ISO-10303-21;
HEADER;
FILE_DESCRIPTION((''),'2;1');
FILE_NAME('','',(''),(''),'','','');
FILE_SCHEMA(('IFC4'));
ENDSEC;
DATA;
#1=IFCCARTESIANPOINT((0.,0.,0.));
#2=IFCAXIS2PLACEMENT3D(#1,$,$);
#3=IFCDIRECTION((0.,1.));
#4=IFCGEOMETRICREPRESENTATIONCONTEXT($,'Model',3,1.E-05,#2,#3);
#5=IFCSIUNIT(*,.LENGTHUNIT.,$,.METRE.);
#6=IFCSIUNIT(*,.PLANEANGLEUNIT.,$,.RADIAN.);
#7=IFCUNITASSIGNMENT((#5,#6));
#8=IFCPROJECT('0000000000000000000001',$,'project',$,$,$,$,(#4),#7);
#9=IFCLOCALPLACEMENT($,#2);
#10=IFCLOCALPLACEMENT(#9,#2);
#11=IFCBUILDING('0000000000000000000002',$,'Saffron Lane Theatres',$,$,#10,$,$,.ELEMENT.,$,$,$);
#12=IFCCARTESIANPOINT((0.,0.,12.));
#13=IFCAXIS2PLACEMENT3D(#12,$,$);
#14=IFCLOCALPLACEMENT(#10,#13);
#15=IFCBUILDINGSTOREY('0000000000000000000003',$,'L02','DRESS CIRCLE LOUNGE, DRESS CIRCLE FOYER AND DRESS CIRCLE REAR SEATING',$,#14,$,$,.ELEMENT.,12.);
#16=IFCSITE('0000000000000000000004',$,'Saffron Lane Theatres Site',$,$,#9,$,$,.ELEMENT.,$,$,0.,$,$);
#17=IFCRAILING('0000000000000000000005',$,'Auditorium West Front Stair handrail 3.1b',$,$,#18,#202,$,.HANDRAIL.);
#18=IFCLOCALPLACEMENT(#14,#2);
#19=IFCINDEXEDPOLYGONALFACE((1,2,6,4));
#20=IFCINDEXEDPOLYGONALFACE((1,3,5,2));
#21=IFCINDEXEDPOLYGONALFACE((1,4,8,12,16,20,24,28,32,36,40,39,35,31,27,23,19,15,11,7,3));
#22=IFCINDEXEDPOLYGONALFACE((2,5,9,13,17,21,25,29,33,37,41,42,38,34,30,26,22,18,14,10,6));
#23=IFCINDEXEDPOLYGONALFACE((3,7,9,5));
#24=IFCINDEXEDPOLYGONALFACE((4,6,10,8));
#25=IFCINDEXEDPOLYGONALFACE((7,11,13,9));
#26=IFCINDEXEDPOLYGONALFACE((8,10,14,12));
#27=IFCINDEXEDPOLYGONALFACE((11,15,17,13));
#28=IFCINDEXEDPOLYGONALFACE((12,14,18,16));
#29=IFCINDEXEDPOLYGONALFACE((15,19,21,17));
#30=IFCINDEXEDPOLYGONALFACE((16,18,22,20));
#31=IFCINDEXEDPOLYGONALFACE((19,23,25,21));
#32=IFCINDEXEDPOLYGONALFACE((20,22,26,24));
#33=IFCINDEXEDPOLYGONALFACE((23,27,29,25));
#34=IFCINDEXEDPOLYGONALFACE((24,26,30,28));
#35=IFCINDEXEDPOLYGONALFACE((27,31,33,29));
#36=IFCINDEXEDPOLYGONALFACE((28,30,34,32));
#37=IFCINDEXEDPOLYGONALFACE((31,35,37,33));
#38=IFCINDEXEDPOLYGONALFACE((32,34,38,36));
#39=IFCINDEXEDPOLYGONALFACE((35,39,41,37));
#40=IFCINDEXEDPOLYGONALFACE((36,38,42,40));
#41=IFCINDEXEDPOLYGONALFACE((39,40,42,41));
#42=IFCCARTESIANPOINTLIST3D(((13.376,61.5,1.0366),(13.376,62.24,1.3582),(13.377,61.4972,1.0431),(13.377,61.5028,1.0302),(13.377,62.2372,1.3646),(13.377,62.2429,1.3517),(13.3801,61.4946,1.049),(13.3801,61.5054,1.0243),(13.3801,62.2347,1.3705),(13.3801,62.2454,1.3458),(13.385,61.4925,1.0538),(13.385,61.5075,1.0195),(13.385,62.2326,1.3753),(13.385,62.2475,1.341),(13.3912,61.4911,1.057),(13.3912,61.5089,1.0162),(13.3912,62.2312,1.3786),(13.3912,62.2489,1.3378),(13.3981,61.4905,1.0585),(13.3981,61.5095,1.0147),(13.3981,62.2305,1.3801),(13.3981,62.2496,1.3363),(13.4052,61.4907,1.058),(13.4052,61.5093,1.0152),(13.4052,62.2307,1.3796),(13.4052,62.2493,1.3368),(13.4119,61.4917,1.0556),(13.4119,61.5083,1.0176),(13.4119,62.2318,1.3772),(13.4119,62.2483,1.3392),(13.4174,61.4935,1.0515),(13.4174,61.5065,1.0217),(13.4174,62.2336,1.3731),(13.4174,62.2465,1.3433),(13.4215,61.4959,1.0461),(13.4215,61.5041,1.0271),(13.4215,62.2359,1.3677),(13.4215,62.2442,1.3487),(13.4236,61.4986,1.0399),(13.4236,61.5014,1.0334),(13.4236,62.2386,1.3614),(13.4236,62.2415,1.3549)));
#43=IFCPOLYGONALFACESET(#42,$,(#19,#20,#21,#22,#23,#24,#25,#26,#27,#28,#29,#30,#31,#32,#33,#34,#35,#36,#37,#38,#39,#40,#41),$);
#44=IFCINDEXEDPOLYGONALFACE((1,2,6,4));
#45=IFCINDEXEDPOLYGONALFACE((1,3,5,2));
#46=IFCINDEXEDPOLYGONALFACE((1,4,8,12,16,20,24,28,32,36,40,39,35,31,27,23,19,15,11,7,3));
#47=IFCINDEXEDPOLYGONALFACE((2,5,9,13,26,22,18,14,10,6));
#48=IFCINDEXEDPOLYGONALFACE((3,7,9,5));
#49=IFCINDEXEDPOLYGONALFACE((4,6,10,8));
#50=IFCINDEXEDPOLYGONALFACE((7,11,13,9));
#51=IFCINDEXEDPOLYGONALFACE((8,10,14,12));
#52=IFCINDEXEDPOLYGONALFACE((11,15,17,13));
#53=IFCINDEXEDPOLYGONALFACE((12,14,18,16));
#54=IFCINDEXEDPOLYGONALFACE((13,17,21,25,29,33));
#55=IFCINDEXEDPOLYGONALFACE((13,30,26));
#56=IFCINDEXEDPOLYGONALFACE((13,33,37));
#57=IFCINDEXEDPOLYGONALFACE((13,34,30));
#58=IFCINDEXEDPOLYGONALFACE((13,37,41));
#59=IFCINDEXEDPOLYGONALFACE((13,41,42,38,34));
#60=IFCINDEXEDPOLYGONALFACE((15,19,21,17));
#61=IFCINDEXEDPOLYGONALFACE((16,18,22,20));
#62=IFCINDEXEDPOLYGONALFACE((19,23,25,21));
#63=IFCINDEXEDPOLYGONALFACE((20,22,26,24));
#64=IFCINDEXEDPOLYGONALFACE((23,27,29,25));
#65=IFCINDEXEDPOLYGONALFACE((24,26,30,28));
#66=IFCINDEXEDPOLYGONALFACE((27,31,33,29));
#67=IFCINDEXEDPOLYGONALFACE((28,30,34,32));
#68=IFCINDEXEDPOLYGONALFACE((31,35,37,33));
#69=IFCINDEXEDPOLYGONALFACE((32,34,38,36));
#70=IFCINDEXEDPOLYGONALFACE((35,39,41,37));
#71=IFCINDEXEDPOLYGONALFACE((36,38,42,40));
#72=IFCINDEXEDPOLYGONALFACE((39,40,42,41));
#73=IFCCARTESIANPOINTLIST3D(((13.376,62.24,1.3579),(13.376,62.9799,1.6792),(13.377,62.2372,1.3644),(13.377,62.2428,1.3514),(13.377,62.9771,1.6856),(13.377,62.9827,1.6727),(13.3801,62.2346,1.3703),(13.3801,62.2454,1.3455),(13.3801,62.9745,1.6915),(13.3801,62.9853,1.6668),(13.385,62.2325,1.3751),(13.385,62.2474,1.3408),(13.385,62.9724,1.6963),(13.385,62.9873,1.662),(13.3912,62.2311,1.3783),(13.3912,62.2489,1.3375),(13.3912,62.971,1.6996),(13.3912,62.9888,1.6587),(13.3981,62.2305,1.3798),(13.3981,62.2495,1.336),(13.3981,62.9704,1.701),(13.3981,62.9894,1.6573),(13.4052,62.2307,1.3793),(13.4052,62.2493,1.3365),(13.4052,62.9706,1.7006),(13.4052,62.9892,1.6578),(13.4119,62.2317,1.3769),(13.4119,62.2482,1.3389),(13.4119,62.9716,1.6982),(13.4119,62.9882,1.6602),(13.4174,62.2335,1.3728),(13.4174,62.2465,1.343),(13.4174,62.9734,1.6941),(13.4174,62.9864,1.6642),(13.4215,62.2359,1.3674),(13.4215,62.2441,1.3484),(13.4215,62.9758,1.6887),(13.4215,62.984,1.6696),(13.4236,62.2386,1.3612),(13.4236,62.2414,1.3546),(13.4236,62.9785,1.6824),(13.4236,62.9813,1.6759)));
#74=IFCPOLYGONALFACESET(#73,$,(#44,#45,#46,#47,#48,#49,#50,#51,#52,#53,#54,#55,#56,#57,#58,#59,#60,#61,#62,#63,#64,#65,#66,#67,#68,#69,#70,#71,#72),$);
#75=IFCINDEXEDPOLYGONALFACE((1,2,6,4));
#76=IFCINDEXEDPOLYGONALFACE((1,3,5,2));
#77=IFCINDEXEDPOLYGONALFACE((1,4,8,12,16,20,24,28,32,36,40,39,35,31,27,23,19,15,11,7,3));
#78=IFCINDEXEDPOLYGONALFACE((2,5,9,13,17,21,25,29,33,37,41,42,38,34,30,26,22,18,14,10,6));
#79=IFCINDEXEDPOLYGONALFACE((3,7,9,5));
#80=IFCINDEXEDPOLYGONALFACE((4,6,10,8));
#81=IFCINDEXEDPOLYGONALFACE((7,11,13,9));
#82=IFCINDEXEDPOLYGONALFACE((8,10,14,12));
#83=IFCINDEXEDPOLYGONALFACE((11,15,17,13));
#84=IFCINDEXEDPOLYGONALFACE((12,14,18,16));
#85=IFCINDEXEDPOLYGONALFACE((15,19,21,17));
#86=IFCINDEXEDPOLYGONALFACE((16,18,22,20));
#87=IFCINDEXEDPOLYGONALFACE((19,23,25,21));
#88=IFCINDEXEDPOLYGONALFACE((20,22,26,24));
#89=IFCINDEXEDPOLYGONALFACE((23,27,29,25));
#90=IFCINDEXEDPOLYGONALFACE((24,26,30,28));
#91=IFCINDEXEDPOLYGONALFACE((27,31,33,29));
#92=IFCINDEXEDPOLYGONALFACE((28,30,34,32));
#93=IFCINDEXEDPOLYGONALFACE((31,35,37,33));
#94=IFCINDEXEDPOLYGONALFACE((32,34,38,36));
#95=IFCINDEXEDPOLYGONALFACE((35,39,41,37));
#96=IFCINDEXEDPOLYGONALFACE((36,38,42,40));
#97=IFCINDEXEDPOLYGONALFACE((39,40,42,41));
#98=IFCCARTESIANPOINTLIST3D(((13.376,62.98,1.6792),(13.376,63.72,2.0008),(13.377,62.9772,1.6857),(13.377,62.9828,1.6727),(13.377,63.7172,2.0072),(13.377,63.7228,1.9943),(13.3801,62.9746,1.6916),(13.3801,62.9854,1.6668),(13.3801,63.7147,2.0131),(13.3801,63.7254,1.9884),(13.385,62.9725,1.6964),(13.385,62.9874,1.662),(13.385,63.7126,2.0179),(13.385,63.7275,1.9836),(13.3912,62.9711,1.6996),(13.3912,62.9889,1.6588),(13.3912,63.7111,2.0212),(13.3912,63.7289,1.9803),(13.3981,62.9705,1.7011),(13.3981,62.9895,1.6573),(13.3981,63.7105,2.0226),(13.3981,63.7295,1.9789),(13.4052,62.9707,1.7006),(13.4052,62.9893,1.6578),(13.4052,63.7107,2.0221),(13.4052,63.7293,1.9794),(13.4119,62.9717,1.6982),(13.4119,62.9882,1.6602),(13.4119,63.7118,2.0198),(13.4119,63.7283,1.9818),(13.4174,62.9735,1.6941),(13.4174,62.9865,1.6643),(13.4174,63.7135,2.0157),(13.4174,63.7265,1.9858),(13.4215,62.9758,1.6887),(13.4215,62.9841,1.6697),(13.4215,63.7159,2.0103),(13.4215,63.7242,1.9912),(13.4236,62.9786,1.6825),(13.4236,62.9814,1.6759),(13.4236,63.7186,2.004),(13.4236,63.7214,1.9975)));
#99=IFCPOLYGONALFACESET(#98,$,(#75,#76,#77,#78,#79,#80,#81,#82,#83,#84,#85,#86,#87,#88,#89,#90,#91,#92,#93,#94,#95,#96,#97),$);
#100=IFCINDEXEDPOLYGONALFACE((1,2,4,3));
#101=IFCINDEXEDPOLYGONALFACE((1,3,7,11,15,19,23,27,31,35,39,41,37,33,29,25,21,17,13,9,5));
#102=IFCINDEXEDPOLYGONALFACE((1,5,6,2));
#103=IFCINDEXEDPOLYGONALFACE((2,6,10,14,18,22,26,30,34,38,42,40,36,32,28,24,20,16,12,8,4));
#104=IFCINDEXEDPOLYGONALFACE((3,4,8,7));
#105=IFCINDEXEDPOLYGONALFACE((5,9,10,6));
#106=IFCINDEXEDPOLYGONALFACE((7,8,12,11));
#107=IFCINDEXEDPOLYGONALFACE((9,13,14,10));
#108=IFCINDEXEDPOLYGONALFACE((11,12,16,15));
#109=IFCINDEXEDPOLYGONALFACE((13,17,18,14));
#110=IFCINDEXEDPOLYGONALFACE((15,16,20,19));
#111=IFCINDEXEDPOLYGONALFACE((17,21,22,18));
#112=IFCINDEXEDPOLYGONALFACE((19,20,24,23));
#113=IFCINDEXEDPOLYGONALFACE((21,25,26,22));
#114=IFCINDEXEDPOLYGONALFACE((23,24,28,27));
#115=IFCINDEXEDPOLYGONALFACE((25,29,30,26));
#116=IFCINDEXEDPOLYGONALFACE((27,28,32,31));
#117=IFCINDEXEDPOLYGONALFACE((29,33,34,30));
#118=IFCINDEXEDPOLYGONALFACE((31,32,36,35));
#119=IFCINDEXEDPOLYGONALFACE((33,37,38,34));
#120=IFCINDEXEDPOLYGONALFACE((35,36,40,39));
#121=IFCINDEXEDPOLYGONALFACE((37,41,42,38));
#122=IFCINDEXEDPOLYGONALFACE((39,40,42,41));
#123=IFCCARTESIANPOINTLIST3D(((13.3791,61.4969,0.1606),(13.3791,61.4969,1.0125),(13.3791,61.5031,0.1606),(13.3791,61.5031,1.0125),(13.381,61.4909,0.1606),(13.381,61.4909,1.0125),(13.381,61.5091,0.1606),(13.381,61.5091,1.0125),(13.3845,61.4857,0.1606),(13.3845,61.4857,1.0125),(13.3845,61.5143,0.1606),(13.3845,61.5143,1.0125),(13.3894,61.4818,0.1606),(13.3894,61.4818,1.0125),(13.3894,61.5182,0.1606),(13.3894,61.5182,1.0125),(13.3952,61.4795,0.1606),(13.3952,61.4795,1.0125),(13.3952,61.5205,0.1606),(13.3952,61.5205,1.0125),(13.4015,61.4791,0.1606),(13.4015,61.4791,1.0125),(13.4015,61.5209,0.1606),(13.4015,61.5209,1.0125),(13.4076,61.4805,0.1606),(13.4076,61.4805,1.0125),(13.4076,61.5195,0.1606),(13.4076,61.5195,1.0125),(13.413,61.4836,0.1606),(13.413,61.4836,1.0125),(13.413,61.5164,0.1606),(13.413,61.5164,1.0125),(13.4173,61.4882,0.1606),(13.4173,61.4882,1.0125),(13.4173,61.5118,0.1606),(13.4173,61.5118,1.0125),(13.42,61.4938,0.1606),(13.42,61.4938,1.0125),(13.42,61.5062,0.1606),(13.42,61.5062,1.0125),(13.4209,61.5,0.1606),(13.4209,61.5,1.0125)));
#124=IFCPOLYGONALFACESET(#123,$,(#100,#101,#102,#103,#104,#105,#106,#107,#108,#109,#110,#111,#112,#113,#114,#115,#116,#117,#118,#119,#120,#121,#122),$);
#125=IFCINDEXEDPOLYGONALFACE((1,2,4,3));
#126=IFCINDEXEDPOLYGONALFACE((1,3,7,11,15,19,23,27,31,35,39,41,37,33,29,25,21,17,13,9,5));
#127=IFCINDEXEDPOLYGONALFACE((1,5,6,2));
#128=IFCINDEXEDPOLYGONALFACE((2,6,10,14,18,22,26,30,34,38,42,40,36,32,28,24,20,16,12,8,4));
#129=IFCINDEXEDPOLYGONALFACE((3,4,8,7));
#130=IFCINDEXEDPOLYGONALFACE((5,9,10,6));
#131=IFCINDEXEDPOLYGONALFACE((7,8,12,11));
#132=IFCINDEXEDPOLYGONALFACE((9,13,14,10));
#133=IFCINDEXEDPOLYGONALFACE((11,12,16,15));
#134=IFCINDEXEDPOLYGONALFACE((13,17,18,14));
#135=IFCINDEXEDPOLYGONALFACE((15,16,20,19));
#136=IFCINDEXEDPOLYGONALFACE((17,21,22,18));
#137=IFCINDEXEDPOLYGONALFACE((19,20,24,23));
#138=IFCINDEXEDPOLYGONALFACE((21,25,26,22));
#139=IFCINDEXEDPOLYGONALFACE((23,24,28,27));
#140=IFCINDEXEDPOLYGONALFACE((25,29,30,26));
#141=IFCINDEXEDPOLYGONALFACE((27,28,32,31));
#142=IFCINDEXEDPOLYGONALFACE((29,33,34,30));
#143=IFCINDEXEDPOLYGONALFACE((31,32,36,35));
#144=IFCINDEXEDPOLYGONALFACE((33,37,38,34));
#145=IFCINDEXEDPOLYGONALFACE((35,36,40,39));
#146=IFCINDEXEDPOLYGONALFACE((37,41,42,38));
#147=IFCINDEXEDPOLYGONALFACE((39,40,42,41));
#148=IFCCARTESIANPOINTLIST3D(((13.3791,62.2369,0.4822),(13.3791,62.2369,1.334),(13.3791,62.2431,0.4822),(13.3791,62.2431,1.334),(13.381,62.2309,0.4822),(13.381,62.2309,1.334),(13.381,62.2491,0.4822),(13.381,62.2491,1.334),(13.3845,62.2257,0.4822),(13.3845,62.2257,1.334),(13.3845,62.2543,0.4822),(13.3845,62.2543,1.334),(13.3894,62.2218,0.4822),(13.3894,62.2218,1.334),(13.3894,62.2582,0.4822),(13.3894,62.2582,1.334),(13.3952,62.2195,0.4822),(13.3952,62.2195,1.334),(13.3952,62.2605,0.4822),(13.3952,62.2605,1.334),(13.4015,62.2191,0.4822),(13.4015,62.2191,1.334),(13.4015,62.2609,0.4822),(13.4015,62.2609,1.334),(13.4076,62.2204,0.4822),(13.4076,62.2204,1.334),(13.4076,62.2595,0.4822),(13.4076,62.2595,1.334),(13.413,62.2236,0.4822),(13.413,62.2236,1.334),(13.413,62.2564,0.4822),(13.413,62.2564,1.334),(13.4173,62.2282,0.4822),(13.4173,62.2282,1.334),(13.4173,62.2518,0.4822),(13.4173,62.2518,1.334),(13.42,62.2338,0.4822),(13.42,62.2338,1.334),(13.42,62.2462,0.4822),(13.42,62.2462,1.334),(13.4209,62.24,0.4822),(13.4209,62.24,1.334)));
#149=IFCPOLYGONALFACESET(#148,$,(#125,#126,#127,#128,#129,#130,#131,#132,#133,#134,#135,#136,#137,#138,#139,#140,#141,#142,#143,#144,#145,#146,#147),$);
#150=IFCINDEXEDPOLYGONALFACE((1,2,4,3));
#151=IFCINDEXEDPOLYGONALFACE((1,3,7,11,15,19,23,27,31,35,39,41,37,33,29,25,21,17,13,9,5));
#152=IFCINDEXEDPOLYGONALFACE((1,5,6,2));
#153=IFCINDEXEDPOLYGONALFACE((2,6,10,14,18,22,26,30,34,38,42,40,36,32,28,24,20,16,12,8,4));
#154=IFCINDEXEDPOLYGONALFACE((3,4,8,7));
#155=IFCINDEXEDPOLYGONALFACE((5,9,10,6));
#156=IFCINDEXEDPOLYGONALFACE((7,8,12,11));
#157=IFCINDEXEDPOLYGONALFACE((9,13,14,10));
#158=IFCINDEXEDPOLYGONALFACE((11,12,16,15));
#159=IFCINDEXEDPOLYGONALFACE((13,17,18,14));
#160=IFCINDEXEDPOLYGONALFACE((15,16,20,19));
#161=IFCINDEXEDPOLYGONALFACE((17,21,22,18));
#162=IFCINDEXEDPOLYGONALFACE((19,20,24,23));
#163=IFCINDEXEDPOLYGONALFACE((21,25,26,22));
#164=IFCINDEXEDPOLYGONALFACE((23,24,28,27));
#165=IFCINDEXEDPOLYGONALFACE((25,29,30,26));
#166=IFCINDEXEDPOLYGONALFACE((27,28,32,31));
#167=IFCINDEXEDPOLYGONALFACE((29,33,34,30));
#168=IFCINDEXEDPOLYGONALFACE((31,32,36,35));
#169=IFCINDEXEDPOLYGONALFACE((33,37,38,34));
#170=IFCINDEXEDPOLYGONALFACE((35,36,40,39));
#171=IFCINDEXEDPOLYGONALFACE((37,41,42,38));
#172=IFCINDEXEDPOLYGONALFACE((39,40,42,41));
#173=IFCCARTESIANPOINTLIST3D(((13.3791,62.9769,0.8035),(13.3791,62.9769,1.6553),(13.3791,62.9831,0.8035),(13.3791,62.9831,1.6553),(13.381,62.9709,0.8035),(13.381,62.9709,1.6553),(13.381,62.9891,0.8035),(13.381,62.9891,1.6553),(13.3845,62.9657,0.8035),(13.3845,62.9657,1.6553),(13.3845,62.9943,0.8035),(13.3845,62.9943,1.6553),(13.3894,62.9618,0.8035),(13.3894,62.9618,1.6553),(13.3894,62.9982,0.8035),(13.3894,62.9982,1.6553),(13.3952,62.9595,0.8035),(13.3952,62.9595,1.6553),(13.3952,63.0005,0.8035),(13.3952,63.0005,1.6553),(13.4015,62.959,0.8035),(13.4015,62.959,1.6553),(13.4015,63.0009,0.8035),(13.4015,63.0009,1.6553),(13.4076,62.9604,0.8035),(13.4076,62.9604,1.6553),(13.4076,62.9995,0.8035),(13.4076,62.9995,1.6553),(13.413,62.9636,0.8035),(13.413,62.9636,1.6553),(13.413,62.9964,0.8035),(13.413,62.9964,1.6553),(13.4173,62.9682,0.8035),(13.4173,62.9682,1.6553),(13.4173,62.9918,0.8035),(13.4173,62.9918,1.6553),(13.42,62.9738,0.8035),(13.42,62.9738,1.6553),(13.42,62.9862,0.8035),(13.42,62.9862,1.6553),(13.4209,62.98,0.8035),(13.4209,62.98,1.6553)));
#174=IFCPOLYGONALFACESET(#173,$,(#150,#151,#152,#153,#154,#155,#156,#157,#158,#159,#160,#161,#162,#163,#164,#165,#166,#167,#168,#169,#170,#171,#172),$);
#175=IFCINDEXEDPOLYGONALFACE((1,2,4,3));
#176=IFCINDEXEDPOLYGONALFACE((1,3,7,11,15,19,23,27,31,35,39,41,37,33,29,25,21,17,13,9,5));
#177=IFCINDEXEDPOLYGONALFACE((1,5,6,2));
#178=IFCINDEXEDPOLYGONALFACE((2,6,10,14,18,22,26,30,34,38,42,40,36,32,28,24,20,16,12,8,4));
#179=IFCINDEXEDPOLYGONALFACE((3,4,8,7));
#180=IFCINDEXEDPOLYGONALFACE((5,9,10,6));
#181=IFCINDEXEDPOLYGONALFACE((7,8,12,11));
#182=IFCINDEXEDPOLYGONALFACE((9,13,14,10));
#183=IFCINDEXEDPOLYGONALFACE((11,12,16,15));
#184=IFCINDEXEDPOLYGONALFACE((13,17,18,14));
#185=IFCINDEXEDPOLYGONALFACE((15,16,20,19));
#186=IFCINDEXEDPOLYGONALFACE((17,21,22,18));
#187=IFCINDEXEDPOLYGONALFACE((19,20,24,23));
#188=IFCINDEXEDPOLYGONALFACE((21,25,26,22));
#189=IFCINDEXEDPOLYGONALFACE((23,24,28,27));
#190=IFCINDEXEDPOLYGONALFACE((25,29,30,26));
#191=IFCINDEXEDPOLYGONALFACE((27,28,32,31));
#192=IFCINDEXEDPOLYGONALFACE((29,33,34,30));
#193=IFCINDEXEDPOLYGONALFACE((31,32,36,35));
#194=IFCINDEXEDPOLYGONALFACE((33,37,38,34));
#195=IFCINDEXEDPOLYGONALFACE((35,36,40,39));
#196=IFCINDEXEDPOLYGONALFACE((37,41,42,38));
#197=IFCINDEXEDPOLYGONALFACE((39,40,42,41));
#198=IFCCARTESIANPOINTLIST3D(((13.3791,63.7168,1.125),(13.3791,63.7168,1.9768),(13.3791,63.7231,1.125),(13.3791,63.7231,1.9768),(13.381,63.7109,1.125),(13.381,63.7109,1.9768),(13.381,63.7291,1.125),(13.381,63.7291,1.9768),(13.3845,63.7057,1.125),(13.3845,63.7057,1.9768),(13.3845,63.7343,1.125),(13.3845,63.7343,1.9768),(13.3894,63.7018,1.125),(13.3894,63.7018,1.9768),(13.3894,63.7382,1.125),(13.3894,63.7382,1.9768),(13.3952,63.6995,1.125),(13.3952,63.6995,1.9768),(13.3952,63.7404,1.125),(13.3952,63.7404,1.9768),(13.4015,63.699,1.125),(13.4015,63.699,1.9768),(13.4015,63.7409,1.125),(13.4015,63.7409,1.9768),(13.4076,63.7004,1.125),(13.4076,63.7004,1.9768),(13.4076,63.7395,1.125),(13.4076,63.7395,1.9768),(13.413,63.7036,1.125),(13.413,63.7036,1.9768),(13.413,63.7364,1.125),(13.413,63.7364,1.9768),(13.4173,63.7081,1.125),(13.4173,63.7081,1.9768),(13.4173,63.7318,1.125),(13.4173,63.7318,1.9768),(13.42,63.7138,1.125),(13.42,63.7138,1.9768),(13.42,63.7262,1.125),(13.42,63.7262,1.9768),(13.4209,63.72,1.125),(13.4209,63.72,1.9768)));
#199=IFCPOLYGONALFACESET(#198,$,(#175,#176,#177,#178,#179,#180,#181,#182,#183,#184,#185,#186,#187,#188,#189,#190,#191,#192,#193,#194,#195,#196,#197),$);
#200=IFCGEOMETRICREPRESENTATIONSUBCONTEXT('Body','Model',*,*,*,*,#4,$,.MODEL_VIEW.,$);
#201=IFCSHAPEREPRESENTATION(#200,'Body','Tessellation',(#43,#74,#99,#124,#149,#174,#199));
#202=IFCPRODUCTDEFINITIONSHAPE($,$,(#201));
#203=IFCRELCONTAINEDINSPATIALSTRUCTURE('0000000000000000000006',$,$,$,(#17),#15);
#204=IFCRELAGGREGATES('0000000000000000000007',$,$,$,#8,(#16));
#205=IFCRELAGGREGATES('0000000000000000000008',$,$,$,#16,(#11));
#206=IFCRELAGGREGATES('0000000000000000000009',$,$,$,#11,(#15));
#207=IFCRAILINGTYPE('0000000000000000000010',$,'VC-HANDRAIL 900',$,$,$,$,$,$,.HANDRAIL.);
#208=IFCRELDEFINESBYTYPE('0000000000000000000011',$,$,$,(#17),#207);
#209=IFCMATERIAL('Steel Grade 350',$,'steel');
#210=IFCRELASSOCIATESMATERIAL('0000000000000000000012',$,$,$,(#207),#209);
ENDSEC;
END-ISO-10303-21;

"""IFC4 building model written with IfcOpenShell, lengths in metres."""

from ifc_helpers import new_model, si_unit, direction, frame, origin, origin_2d, place, context, subcontext, project, spatial, circle, extrude, material, type_object, element, save


model = new_model("IFC4")

# Units and contexts
model_context = context("Model", 3, precision=1e-05, world=origin(), true_north=direction((0.0, 1.0)))
body_context = subcontext(model_context, "Body", "Model", "MODEL_VIEW")
ifc_project = project(units=[si_unit("LENGTHUNIT", "METRE"), si_unit("PLANEANGLEUNIT", "RADIAN")], contexts=[model_context])

# Site, building, storey
site_placement = place(None, origin())
site = spatial("IfcSite", under=ifc_project, at=site_placement, Name="Saffron Lane Theatres Site", CompositionType="ELEMENT", RefElevation=0.0)
building_placement = place(site_placement, origin())
building = spatial("IfcBuilding", under=site, at=building_placement, Name="Saffron Lane Theatres", CompositionType="ELEMENT")
storey_placement = place(building_placement, frame((0.0, 0.0, 12.0)))
storey = spatial("IfcBuildingStorey", under=building, at=storey_placement, Name="L02", Description="DRESS CIRCLE LOUNGE, DRESS CIRCLE FOYER AND DRESS CIRCLE REAR SEATING", CompositionType="ELEMENT", Elevation=12.0)

# Railing
ifc_material_1 = material(Name="Steel Grade 350", Category="steel")
railing_type_1 = type_object("IfcRailingType", Name="VC-HANDRAIL 900", PredefinedType="HANDRAIL", material=ifc_material_1)
for number, where, name in (
    (1, (13.3999, 61.5, 0.1606), "Auditorium West Front Stair handrail 3.1b"),
):
    element("IfcRailing", number, at=place(storey_placement, frame(where)), inside=storey, type_object=railing_type_1, Name=name, PredefinedType="HANDRAIL", context=body_context, shape_type="SweptSolid", body=[
        extrude(circle(Radius=0.0239, at=origin_2d()), frame((0.0, 0.0, 0.876), z_axis=(0.0, 0.917161, 0.398516), x_axis=(-1.0, 0.0, 0.0)), (0.0, 0.0, 1.0), 0.8069),
        extrude(circle(Radius=0.0239, at=origin_2d()), frame((0.0, 0.74, 1.1973), z_axis=(0.0, 0.917272, 0.398261), x_axis=(-1.0, 0.0, 0.0)), (0.0, 0.0, 1.0), 0.8066),
        extrude(circle(Radius=0.0239, at=origin_2d()), frame((0.0, 1.48, 1.5186), z_axis=(0.0, 0.917161, 0.398516), x_axis=(-1.0, 0.0, 0.0)), (0.0, 0.0, 1.0), 0.8069),
        extrude(circle(Radius=0.021, at=origin_2d()), origin(), (0.0, 0.0, 1.0), 0.8518),
        extrude(circle(Radius=0.021, at=origin_2d()), frame((0.0, 0.74, 0.3215)), (0.0, 0.0, 1.0), 0.8518),
        extrude(circle(Radius=0.021, at=origin_2d()), frame((0.0, 1.48, 0.6428)), (0.0, 0.0, 1.0), 0.8518),
        extrude(circle(Radius=0.021, at=origin_2d()), frame((0.0, 2.22, 0.9644)), (0.0, 0.0, 1.0), 0.8518),
    ])

save(model, "model.ifc")
